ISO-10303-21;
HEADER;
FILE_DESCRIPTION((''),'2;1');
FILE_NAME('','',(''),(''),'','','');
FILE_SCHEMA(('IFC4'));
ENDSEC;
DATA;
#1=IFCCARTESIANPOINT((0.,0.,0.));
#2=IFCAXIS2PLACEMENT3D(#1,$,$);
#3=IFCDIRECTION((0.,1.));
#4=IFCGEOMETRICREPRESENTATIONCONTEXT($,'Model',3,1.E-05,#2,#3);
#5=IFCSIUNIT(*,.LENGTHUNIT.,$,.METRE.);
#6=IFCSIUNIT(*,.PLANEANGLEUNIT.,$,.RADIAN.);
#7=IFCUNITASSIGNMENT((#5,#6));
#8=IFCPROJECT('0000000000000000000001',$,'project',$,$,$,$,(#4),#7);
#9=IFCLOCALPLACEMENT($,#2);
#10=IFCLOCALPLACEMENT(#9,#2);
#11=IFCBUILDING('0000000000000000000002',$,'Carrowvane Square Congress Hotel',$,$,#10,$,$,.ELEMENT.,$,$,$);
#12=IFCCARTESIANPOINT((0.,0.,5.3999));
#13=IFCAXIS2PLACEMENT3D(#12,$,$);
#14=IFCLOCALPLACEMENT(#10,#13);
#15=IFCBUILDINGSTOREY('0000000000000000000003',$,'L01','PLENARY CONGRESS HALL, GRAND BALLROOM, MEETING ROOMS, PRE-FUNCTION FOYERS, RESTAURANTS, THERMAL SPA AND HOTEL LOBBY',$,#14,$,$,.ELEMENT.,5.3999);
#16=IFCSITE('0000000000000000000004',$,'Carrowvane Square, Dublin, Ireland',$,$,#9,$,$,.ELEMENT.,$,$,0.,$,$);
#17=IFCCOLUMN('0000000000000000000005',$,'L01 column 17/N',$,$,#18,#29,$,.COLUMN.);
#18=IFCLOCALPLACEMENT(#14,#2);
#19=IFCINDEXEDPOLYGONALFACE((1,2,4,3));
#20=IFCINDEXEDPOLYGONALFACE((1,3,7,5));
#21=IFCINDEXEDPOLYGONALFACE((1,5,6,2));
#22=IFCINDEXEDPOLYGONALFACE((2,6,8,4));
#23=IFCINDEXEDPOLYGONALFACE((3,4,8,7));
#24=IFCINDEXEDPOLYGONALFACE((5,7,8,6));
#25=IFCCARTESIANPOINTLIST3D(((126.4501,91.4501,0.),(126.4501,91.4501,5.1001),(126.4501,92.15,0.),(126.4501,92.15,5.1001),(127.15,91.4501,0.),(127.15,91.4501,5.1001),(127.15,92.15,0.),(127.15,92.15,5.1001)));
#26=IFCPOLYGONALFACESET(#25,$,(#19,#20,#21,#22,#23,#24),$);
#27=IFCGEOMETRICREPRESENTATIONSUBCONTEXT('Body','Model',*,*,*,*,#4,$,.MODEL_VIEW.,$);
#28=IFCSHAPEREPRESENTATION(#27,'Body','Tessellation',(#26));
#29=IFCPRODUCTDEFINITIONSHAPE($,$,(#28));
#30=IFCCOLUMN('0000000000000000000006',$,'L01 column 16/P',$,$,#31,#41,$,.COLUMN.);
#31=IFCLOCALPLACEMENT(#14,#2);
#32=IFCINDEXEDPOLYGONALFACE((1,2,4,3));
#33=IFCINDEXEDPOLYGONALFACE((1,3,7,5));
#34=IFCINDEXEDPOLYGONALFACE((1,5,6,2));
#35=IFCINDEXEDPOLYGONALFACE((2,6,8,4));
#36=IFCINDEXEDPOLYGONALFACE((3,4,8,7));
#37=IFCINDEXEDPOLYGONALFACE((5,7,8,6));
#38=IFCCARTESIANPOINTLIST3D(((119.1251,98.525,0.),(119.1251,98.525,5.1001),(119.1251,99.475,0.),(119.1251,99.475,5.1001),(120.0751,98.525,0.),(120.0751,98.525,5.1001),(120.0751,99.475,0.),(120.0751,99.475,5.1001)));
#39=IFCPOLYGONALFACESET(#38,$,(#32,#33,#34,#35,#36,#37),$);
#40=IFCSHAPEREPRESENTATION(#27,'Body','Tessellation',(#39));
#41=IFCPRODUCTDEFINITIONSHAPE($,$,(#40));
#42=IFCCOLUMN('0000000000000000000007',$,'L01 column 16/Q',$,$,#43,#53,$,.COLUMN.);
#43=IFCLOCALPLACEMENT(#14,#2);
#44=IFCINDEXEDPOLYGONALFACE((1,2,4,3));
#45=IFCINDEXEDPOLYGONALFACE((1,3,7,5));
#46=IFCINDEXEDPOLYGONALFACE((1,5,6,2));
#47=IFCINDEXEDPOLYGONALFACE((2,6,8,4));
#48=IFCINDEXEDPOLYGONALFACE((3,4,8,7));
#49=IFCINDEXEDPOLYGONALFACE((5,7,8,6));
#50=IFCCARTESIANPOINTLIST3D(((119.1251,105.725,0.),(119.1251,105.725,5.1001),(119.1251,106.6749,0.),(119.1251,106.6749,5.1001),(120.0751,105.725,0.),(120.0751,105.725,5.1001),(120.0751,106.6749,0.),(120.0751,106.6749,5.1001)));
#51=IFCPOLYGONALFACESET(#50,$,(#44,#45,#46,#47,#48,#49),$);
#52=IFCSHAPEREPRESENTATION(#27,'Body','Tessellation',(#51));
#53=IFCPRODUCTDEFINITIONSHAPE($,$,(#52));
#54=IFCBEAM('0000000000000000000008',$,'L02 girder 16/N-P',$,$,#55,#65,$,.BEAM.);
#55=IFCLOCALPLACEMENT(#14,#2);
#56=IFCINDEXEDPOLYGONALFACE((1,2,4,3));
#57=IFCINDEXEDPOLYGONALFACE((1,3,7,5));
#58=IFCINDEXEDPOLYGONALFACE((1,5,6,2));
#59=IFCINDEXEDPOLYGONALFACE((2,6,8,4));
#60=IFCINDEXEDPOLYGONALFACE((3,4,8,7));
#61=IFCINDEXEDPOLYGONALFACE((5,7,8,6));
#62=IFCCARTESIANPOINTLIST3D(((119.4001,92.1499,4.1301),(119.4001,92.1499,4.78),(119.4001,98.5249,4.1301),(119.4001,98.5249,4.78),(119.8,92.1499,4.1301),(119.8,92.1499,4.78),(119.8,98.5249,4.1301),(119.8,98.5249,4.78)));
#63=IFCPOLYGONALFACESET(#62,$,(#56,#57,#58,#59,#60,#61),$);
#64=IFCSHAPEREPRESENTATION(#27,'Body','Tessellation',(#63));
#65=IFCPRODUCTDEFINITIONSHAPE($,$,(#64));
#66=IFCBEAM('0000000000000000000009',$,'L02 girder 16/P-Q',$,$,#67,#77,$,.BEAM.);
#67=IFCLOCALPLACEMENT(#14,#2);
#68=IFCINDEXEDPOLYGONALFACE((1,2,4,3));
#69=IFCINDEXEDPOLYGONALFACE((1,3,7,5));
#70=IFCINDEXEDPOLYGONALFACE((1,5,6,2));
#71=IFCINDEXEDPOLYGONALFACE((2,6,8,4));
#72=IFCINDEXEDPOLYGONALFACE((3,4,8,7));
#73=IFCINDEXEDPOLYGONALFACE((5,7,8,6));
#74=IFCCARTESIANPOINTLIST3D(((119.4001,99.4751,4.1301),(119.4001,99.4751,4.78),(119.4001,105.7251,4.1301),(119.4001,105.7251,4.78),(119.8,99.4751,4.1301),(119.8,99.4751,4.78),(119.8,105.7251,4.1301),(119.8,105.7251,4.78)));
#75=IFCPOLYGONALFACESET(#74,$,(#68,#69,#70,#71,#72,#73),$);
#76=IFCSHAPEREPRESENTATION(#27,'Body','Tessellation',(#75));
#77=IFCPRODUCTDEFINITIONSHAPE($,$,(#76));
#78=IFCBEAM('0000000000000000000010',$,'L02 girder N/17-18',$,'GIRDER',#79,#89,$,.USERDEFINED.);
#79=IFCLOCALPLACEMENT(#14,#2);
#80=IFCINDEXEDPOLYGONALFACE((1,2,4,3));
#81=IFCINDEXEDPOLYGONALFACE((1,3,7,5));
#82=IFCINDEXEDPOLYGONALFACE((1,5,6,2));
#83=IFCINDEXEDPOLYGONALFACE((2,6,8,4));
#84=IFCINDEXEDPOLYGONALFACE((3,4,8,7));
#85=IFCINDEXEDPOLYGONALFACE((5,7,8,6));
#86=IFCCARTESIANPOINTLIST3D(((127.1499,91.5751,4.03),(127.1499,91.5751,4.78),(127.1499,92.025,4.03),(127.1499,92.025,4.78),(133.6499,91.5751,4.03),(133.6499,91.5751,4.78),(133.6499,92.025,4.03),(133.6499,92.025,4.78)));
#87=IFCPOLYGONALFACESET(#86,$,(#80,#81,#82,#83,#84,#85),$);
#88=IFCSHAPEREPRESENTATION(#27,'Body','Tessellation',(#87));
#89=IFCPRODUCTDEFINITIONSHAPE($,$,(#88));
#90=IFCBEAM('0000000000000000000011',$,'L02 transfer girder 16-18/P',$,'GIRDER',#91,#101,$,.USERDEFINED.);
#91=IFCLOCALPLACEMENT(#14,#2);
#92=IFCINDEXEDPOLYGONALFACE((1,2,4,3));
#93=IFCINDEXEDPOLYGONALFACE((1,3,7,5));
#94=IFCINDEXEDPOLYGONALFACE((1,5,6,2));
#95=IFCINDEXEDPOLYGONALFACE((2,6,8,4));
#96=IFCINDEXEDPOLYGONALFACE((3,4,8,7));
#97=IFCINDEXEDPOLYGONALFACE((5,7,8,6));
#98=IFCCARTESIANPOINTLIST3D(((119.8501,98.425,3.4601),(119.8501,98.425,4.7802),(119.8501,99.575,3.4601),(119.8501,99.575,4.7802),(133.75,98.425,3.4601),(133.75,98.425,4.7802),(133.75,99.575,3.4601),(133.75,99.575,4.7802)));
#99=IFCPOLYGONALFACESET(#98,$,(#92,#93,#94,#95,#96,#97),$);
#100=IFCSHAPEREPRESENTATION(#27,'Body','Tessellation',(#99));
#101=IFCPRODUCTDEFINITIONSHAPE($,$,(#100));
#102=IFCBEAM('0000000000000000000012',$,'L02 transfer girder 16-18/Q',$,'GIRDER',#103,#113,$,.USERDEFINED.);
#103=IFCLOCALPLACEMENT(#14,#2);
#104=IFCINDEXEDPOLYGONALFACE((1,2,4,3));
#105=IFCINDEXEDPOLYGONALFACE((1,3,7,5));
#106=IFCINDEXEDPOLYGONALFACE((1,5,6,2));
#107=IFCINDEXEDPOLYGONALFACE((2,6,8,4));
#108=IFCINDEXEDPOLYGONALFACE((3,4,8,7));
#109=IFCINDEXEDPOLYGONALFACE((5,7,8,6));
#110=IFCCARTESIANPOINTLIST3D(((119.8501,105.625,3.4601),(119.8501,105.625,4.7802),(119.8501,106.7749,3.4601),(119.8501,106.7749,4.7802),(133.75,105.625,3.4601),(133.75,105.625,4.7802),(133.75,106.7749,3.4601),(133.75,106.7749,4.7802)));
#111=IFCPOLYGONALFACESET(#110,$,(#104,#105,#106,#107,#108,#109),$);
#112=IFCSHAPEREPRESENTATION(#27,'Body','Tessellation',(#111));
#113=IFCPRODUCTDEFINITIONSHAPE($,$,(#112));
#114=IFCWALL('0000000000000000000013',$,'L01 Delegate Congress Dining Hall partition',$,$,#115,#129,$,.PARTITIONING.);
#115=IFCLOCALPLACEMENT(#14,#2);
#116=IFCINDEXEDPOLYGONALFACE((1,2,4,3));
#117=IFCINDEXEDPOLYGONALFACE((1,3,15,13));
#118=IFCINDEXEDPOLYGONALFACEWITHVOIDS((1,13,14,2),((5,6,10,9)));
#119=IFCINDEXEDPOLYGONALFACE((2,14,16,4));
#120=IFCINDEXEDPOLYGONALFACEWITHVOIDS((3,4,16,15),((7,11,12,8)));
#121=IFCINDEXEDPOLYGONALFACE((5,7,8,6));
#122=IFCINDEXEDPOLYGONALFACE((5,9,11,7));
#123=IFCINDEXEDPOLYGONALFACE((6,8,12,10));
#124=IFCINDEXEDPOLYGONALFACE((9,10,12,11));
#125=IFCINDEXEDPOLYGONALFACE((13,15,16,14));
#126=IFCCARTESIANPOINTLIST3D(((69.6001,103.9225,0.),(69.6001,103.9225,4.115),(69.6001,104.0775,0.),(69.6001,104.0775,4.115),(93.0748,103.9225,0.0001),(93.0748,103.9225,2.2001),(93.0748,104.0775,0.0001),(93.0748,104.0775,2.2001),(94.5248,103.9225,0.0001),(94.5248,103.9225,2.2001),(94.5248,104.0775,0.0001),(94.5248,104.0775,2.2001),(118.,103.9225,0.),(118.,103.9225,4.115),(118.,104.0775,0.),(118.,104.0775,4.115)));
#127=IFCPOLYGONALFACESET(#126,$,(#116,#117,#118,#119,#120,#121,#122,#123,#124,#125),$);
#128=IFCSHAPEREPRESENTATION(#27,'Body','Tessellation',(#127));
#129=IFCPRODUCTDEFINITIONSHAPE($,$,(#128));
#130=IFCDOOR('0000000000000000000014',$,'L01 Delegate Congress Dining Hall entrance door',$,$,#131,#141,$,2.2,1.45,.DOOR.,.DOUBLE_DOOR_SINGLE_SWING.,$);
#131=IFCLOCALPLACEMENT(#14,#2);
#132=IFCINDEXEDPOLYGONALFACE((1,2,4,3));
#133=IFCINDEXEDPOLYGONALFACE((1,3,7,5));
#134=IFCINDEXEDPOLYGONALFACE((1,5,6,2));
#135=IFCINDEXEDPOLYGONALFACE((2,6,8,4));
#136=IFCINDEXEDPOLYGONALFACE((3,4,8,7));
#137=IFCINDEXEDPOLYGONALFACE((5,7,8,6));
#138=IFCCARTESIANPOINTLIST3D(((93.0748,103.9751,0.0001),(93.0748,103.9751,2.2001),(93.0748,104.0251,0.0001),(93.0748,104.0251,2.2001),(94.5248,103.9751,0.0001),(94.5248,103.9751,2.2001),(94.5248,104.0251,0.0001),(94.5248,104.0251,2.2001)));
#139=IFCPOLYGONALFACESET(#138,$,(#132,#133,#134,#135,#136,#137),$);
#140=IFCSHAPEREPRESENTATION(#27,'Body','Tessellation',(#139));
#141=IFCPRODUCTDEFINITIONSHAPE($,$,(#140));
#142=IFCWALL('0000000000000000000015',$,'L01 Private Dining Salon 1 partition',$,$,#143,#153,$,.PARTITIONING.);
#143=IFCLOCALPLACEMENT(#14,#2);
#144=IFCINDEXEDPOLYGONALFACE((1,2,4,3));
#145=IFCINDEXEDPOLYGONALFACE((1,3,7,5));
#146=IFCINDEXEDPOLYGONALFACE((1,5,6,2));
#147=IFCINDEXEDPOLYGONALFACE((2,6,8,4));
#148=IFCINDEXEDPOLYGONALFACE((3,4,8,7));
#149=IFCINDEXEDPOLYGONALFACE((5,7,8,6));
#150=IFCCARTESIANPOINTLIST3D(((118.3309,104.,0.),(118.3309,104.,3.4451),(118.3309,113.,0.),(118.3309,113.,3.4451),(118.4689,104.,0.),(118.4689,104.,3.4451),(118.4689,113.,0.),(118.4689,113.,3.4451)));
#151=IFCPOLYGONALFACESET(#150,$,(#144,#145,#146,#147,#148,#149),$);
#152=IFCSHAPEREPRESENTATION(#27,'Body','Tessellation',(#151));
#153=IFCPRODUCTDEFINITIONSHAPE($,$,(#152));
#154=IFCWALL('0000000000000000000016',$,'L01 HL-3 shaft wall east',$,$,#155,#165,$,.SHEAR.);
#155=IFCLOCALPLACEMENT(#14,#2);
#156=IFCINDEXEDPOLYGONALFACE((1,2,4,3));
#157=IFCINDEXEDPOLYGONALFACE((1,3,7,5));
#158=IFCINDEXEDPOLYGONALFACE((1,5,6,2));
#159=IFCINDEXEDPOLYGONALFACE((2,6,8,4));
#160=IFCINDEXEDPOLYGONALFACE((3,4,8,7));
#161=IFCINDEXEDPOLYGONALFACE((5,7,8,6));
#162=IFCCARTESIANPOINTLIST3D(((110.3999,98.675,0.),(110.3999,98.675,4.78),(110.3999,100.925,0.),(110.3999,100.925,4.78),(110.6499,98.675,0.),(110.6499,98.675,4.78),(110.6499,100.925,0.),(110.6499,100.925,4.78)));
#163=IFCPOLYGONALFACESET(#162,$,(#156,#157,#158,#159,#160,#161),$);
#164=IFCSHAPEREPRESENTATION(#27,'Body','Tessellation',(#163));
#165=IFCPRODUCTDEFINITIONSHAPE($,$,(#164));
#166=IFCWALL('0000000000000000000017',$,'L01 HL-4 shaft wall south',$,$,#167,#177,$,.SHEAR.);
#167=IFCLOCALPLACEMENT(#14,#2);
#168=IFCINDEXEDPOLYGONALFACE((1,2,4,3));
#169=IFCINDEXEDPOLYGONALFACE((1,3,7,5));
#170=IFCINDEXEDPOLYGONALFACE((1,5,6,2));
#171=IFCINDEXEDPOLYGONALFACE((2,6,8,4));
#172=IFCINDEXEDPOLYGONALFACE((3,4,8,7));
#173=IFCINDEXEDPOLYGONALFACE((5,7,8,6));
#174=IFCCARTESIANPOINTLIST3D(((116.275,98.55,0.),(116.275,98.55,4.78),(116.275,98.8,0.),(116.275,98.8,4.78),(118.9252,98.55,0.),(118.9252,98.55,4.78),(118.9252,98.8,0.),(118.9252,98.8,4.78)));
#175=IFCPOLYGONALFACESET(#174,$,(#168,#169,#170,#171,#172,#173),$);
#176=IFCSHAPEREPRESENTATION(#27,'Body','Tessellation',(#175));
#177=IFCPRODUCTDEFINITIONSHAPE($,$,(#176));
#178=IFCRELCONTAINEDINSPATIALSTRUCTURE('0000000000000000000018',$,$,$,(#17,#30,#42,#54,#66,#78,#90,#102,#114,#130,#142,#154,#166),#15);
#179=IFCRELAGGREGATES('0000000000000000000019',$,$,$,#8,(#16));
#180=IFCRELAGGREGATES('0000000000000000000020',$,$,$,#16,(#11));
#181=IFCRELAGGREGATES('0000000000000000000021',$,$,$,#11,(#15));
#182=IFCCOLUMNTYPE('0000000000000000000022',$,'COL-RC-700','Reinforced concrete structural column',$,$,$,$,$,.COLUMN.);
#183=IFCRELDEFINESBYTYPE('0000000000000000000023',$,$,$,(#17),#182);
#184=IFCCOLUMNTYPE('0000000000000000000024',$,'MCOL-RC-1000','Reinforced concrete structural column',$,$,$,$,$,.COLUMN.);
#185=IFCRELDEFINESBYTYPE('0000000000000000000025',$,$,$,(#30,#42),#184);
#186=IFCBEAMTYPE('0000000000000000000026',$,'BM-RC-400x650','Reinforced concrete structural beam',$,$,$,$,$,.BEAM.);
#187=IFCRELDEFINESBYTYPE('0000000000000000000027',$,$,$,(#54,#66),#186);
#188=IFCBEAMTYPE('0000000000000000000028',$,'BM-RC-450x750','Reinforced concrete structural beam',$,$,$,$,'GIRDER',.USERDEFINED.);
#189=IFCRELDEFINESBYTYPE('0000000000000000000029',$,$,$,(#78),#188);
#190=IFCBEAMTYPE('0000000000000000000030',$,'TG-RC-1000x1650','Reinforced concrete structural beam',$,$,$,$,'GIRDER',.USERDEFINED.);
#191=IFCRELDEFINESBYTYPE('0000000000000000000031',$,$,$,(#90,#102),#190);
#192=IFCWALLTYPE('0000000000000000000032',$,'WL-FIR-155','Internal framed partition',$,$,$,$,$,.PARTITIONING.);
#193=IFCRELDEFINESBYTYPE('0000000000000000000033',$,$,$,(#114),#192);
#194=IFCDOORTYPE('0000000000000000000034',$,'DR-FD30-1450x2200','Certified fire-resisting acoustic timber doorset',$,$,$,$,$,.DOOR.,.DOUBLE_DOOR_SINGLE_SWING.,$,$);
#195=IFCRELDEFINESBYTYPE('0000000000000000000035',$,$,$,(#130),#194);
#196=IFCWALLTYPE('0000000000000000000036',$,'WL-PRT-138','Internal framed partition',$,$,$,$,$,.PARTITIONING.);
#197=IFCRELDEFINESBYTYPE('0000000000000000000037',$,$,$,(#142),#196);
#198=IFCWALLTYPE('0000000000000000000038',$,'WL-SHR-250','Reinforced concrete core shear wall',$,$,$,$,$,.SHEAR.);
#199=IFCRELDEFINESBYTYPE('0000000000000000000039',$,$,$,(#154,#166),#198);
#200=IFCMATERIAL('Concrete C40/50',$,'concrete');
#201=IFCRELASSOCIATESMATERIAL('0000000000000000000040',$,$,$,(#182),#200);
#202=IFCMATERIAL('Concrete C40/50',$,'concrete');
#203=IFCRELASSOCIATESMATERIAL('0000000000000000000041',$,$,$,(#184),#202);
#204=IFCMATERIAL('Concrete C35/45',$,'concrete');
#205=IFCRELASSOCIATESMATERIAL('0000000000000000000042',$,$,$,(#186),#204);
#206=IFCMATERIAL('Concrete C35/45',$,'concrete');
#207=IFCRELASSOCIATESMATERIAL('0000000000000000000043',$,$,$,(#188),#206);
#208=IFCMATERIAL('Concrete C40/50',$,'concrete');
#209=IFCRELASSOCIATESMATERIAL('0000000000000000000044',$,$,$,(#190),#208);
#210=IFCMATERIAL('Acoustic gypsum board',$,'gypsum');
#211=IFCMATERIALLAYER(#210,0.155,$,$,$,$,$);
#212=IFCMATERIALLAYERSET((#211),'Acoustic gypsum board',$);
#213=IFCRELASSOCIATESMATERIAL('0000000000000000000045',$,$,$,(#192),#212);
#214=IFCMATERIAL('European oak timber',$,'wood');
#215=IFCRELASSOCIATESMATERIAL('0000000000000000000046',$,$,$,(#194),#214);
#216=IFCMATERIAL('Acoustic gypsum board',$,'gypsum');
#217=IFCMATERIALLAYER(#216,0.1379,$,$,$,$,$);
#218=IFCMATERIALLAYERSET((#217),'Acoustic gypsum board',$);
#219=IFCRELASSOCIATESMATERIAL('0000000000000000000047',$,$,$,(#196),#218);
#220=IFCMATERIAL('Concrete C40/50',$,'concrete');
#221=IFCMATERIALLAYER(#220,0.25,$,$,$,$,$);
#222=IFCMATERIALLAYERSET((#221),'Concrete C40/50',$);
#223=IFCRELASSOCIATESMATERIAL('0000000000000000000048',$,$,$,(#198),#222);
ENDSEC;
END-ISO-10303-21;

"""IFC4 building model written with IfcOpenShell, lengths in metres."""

from ifc_helpers import new_model, si_unit, direction, frame, frame_2d, origin, origin_2d, place, context, subcontext, project, spatial, rectangle, extrude, material, layer, layer_set, material_profile, profile_set, type_object, element, fill, save


model = new_model("IFC4")

# Units and contexts
model_context = context("Model", 3, precision=1e-05, world=origin(), true_north=direction((0.0, 1.0)))
body_context = subcontext(model_context, "Body", "Model", "MODEL_VIEW")
ifc_project = project(units=[si_unit("LENGTHUNIT", "METRE"), si_unit("PLANEANGLEUNIT", "RADIAN")], contexts=[model_context])

# Site, building, storey
site_placement = place(None, origin())
site = spatial("IfcSite", under=ifc_project, at=site_placement, Name="Carrowvane Square, Dublin, Ireland", CompositionType="ELEMENT", RefElevation=0.0)
building_placement = place(site_placement, origin())
building = spatial("IfcBuilding", under=site, at=building_placement, Name="Carrowvane Square Congress Hotel", CompositionType="ELEMENT")
storey_placement = place(building_placement, frame((0.0, 0.0, 5.3999)))
storey = spatial("IfcBuildingStorey", under=building, at=storey_placement, Name="L01", Description="PLENARY CONGRESS HALL, GRAND BALLROOM, MEETING ROOMS, PRE-FUNCTION FOYERS, RESTAURANTS, THERMAL SPA AND HOTEL LOBBY", CompositionType="ELEMENT", Elevation=5.3999)

# Columns
ifc_material_1 = material(Name="Concrete C40/50", Category="concrete")
ifc_material_profile_1 = material_profile(ifc_material_1, rectangle(XDim=0.7, YDim=0.7, at=origin_2d()), Name="RC 700x700")
ifc_profile_set_1 = profile_set([ifc_material_profile_1], Name="Concrete C40/50")
column_type_1 = type_object("IfcColumnType", Name="COL-RC-700", Description="Reinforced concrete structural column", PredefinedType="COLUMN", material=ifc_profile_set_1)
column_placement = place(storey_placement, frame((126.8, 91.8, 0.0), z_axis=(0.0, 0.0, 1.0), x_axis=(1.0, 0.0, 0.0)))
element("IfcColumn", 1, at=column_placement, inside=storey, type_object=column_type_1, Name="L01 column 17/N", PredefinedType="COLUMN", context=body_context, shape_type="SweptSolid", body=[
    extrude(rectangle(XDim=0.7, YDim=0.7, at=origin_2d()), origin(), (0.0, 0.0, 1.0), 5.1001),
])
ifc_material_2 = material(Name="Concrete C40/50", Category="concrete")
ifc_material_profile_2 = material_profile(ifc_material_2, rectangle(XDim=0.95, YDim=0.95, at=origin_2d()), Name="RC 950x950")
ifc_profile_set_2 = profile_set([ifc_material_profile_2], Name="Concrete C40/50")
column_type_2 = type_object("IfcColumnType", Name="MCOL-RC-1000", Description="Reinforced concrete structural column", PredefinedType="COLUMN", material=ifc_profile_set_2)
for number, where, z_axis, x_axis, name in (
    (2, (119.6001, 99.0, 0.0), (0.0, 0.0, 1.0), (1.0, 0.0, 0.0), "L01 column 16/P"),
    (3, (119.6001, 106.2, 0.0), (0.0, 0.0, 1.0), (1.0, 0.0, 0.0), "L01 column 16/Q"),
):
    element("IfcColumn", number, at=place(storey_placement, frame(where, z_axis=z_axis, x_axis=x_axis)), inside=storey, type_object=column_type_2, Name=name, PredefinedType="COLUMN", context=body_context, shape_type="SweptSolid", body=[
        extrude(rectangle(XDim=0.95, YDim=0.95, at=origin_2d()), origin(), (0.0, 0.0, 1.0), 5.1001),
    ])

# Beams
ifc_material_3 = material(Name="Concrete C35/45", Category="concrete")
ifc_material_profile_3 = material_profile(ifc_material_3, rectangle(XDim=0.3999, YDim=0.6499, at=origin_2d()), Name="RC 400x650")
ifc_profile_set_3 = profile_set([ifc_material_profile_3], Name="Concrete C35/45")
beam_type_1 = type_object("IfcBeamType", Name="BM-RC-400x650", Description="Reinforced concrete structural beam", PredefinedType="BEAM", material=ifc_profile_set_3)
beam_1_placement = place(storey_placement, frame((119.6001, 92.1499, 4.4551), z_axis=(0.0, 1.0, 0.0), x_axis=(-1.0, 0.0, 0.0)))
element("IfcBeam", 4, at=beam_1_placement, inside=storey, type_object=beam_type_1, Name="L02 girder 16/N-P", PredefinedType="BEAM", context=body_context, shape_type="SweptSolid", body=[
    extrude(rectangle(XDim=0.3999, YDim=0.6499, at=origin_2d()), origin(), (0.0, 0.0, 1.0), 6.375),
])
beam_2_placement = place(storey_placement, frame((119.6001, 99.4751, 4.4551), z_axis=(0.0, 1.0, 0.0), x_axis=(-1.0, 0.0, 0.0)))
element("IfcBeam", 5, at=beam_2_placement, inside=storey, type_object=beam_type_1, Name="L02 girder 16/P-Q", PredefinedType="BEAM", context=body_context, shape_type="SweptSolid", body=[
    extrude(rectangle(XDim=0.3999, YDim=0.6499, at=origin_2d()), origin(), (0.0, 0.0, 1.0), 6.25),
])
ifc_material_4 = material(Name="Concrete C35/45", Category="concrete")
ifc_material_profile_4 = material_profile(ifc_material_4, rectangle(XDim=0.45, YDim=0.75, at=origin_2d()), Name="RC 450x750")
ifc_profile_set_4 = profile_set([ifc_material_profile_4], Name="Concrete C35/45")
beam_type_2 = type_object("IfcBeamType", Name="BM-RC-450x750", Description="Reinforced concrete structural beam", ElementType="GIRDER", PredefinedType="USERDEFINED", material=ifc_profile_set_4)
beam_3_placement = place(storey_placement, frame((127.1499, 91.8, 4.405), z_axis=(1.0, 0.0, 0.0), x_axis=(0.0, 1.0, 0.0)))
element("IfcBeam", 6, at=beam_3_placement, inside=storey, type_object=beam_type_2, Name="L02 girder N/17-18", ObjectType="GIRDER", PredefinedType="USERDEFINED", context=body_context, shape_type="SweptSolid", body=[
    extrude(rectangle(XDim=0.45, YDim=0.75, at=origin_2d()), origin(), (0.0, 0.0, 1.0), 6.5),
])
ifc_material_5 = material(Name="Concrete C40/50", Category="concrete")
ifc_material_profile_5 = material_profile(ifc_material_5, rectangle(XDim=1.1499, YDim=1.3201, at=origin_2d()), Name="RC 1150x1320")
ifc_profile_set_5 = profile_set([ifc_material_profile_5], Name="Concrete C40/50")
beam_type_3 = type_object("IfcBeamType", Name="TG-RC-1000x1650", Description="Reinforced concrete structural beam", ElementType="GIRDER", PredefinedType="USERDEFINED", material=ifc_profile_set_5)
for number, where, z_axis, x_axis, name in (
    (7, (119.8501, 99.0, 4.1201), (1.0, 0.0, 0.0), (0.0, 1.0, 0.0), "L02 transfer girder 16-18/P"),
    (8, (119.8501, 106.2, 4.1201), (1.0, 0.0, 0.0), (0.0, 1.0, 0.0), "L02 transfer girder 16-18/Q"),
):
    element("IfcBeam", number, at=place(storey_placement, frame(where, z_axis=z_axis, x_axis=x_axis)), inside=storey, type_object=beam_type_3, Name=name, ObjectType="GIRDER", PredefinedType="USERDEFINED", context=body_context, shape_type="SweptSolid", body=[
        extrude(rectangle(XDim=1.1499, YDim=1.3201, at=origin_2d()), origin(), (0.0, 0.0, 1.0), 13.8999),
    ])

# Wall, opening, door
ifc_material_6 = material(Name="Acoustic gypsum board", Category="gypsum")
ifc_layer_1 = layer(ifc_material_6, 0.155)
ifc_layer_set_1 = layer_set([ifc_layer_1], Name="Acoustic gypsum board")
wall_type_1 = type_object("IfcWallType", Name="WL-FIR-155", Description="Internal framed partition", PredefinedType="PARTITIONING", material=ifc_layer_set_1)
wall_1_placement = place(storey_placement, frame((118.0, 104.0, 0.0), z_axis=(0.0, 0.0, 1.0), x_axis=(-1.0, 0.0, 0.0)))
wall_1 = element("IfcWall", 9, at=wall_1_placement, inside=storey, type_object=wall_type_1, Name="L01 Delegate Congress Dining Hall partition", PredefinedType="PARTITIONING", context=body_context, shape_type="SweptSolid", body=[
    extrude(rectangle(XDim=48.3999, YDim=0.155, at=frame_2d((24.2, 0.0))), origin(), (0.0, 0.0, 1.0), 4.115),
])
opening_1_placement = place(wall_1_placement, frame((23.4751, 0.0, 0.0)))
opening_1 = element("IfcOpeningElement", 10, at=opening_1_placement, cuts=wall_1, PredefinedType="OPENING", context=body_context, shape_type="SweptSolid", body=[
    extrude(rectangle(XDim=1.45, YDim=2.2, at=frame_2d((0.7251, 1.1001))), frame((0.0, 0.0874, 0.0), z_axis=(0.0, -1.0, 0.0), x_axis=(1.0, 0.0, 0.0)), (0.0, 0.0, 1.0), 0.175),
])
ifc_material_7 = material(Name="European oak timber", Category="wood")
door_type_1 = type_object("IfcDoorType", Name="DR-FD30-1450x2200", Description="Certified fire-resisting acoustic timber doorset", OperationType="DOUBLE_DOOR_SINGLE_SWING", PredefinedType="DOOR", material=ifc_material_7)
door_1_placement = place(opening_1_placement, origin())
door_1 = element("IfcDoor", 11, at=door_1_placement, inside=storey, type_object=door_type_1, Name="L01 Delegate Congress Dining Hall entrance door", OperationType="DOUBLE_DOOR_SINGLE_SWING", OverallHeight=2.2, OverallWidth=1.45, PredefinedType="DOOR", context=body_context, shape_type="SweptSolid", body=[
    extrude(rectangle(XDim=1.45, YDim=2.2, at=frame_2d((0.7251, 1.1001))), frame((0.0, 0.0249, 0.0), z_axis=(0.0, -1.0, 0.0), x_axis=(1.0, 0.0, 0.0)), (0.0, 0.0, 1.0), 0.05),
])
fill(opening_1, door_1)

# Walls
ifc_material_8 = material(Name="Acoustic gypsum board", Category="gypsum")
ifc_layer_2 = layer(ifc_material_8, 0.1379)
ifc_layer_set_2 = layer_set([ifc_layer_2], Name="Acoustic gypsum board")
wall_type_2 = type_object("IfcWallType", Name="WL-PRT-138", Description="Internal framed partition", PredefinedType="PARTITIONING", material=ifc_layer_set_2)
wall_2_placement = place(storey_placement, frame((118.3999, 104.0, 0.0), z_axis=(0.0, 0.0, 1.0), x_axis=(0.0, 1.0, 0.0)))
element("IfcWall", 12, at=wall_2_placement, inside=storey, type_object=wall_type_2, Name="L01 Private Dining Salon 1 partition", PredefinedType="PARTITIONING", context=body_context, shape_type="SweptSolid", body=[
    extrude(rectangle(XDim=9.0, YDim=0.1379, at=frame_2d((4.5, 0.0))), origin(), (0.0, 0.0, 1.0), 3.4451),
])
ifc_material_9 = material(Name="Concrete C40/50", Category="concrete")
ifc_layer_3 = layer(ifc_material_9, 0.25)
ifc_layer_set_3 = layer_set([ifc_layer_3], Name="Concrete C40/50")
wall_type_3 = type_object("IfcWallType", Name="WL-SHR-250", Description="Reinforced concrete core shear wall", PredefinedType="SHEAR", material=ifc_layer_set_3)
wall_3_placement = place(storey_placement, frame((110.5249, 98.675, 0.0), z_axis=(0.0, 0.0, 1.0), x_axis=(0.0, 1.0, 0.0)))
element("IfcWall", 13, at=wall_3_placement, inside=storey, type_object=wall_type_3, Name="L01 HL-3 shaft wall east", PredefinedType="SHEAR", context=body_context, shape_type="SweptSolid", body=[
    extrude(rectangle(XDim=2.25, YDim=0.25, at=frame_2d((1.125, 0.0))), origin(), (0.0, 0.0, 1.0), 4.78),
])

# Wall
wall_4_placement = place(storey_placement, frame((116.2749, 98.675, 0.0), z_axis=(0.0, 0.0, 1.0), x_axis=(1.0, 0.0, 0.0)))
element("IfcWall", 14, at=wall_4_placement, inside=storey, type_object=wall_type_3, Name="L01 HL-4 shaft wall south", PredefinedType="SHEAR", context=body_context, shape_type="SweptSolid", body=[
    extrude(rectangle(XDim=2.6501, YDim=0.25, at=frame_2d((1.3252, 0.0))), origin(), (0.0, 0.0, 1.0), 4.78),
])

save(model, "model.ifc")
